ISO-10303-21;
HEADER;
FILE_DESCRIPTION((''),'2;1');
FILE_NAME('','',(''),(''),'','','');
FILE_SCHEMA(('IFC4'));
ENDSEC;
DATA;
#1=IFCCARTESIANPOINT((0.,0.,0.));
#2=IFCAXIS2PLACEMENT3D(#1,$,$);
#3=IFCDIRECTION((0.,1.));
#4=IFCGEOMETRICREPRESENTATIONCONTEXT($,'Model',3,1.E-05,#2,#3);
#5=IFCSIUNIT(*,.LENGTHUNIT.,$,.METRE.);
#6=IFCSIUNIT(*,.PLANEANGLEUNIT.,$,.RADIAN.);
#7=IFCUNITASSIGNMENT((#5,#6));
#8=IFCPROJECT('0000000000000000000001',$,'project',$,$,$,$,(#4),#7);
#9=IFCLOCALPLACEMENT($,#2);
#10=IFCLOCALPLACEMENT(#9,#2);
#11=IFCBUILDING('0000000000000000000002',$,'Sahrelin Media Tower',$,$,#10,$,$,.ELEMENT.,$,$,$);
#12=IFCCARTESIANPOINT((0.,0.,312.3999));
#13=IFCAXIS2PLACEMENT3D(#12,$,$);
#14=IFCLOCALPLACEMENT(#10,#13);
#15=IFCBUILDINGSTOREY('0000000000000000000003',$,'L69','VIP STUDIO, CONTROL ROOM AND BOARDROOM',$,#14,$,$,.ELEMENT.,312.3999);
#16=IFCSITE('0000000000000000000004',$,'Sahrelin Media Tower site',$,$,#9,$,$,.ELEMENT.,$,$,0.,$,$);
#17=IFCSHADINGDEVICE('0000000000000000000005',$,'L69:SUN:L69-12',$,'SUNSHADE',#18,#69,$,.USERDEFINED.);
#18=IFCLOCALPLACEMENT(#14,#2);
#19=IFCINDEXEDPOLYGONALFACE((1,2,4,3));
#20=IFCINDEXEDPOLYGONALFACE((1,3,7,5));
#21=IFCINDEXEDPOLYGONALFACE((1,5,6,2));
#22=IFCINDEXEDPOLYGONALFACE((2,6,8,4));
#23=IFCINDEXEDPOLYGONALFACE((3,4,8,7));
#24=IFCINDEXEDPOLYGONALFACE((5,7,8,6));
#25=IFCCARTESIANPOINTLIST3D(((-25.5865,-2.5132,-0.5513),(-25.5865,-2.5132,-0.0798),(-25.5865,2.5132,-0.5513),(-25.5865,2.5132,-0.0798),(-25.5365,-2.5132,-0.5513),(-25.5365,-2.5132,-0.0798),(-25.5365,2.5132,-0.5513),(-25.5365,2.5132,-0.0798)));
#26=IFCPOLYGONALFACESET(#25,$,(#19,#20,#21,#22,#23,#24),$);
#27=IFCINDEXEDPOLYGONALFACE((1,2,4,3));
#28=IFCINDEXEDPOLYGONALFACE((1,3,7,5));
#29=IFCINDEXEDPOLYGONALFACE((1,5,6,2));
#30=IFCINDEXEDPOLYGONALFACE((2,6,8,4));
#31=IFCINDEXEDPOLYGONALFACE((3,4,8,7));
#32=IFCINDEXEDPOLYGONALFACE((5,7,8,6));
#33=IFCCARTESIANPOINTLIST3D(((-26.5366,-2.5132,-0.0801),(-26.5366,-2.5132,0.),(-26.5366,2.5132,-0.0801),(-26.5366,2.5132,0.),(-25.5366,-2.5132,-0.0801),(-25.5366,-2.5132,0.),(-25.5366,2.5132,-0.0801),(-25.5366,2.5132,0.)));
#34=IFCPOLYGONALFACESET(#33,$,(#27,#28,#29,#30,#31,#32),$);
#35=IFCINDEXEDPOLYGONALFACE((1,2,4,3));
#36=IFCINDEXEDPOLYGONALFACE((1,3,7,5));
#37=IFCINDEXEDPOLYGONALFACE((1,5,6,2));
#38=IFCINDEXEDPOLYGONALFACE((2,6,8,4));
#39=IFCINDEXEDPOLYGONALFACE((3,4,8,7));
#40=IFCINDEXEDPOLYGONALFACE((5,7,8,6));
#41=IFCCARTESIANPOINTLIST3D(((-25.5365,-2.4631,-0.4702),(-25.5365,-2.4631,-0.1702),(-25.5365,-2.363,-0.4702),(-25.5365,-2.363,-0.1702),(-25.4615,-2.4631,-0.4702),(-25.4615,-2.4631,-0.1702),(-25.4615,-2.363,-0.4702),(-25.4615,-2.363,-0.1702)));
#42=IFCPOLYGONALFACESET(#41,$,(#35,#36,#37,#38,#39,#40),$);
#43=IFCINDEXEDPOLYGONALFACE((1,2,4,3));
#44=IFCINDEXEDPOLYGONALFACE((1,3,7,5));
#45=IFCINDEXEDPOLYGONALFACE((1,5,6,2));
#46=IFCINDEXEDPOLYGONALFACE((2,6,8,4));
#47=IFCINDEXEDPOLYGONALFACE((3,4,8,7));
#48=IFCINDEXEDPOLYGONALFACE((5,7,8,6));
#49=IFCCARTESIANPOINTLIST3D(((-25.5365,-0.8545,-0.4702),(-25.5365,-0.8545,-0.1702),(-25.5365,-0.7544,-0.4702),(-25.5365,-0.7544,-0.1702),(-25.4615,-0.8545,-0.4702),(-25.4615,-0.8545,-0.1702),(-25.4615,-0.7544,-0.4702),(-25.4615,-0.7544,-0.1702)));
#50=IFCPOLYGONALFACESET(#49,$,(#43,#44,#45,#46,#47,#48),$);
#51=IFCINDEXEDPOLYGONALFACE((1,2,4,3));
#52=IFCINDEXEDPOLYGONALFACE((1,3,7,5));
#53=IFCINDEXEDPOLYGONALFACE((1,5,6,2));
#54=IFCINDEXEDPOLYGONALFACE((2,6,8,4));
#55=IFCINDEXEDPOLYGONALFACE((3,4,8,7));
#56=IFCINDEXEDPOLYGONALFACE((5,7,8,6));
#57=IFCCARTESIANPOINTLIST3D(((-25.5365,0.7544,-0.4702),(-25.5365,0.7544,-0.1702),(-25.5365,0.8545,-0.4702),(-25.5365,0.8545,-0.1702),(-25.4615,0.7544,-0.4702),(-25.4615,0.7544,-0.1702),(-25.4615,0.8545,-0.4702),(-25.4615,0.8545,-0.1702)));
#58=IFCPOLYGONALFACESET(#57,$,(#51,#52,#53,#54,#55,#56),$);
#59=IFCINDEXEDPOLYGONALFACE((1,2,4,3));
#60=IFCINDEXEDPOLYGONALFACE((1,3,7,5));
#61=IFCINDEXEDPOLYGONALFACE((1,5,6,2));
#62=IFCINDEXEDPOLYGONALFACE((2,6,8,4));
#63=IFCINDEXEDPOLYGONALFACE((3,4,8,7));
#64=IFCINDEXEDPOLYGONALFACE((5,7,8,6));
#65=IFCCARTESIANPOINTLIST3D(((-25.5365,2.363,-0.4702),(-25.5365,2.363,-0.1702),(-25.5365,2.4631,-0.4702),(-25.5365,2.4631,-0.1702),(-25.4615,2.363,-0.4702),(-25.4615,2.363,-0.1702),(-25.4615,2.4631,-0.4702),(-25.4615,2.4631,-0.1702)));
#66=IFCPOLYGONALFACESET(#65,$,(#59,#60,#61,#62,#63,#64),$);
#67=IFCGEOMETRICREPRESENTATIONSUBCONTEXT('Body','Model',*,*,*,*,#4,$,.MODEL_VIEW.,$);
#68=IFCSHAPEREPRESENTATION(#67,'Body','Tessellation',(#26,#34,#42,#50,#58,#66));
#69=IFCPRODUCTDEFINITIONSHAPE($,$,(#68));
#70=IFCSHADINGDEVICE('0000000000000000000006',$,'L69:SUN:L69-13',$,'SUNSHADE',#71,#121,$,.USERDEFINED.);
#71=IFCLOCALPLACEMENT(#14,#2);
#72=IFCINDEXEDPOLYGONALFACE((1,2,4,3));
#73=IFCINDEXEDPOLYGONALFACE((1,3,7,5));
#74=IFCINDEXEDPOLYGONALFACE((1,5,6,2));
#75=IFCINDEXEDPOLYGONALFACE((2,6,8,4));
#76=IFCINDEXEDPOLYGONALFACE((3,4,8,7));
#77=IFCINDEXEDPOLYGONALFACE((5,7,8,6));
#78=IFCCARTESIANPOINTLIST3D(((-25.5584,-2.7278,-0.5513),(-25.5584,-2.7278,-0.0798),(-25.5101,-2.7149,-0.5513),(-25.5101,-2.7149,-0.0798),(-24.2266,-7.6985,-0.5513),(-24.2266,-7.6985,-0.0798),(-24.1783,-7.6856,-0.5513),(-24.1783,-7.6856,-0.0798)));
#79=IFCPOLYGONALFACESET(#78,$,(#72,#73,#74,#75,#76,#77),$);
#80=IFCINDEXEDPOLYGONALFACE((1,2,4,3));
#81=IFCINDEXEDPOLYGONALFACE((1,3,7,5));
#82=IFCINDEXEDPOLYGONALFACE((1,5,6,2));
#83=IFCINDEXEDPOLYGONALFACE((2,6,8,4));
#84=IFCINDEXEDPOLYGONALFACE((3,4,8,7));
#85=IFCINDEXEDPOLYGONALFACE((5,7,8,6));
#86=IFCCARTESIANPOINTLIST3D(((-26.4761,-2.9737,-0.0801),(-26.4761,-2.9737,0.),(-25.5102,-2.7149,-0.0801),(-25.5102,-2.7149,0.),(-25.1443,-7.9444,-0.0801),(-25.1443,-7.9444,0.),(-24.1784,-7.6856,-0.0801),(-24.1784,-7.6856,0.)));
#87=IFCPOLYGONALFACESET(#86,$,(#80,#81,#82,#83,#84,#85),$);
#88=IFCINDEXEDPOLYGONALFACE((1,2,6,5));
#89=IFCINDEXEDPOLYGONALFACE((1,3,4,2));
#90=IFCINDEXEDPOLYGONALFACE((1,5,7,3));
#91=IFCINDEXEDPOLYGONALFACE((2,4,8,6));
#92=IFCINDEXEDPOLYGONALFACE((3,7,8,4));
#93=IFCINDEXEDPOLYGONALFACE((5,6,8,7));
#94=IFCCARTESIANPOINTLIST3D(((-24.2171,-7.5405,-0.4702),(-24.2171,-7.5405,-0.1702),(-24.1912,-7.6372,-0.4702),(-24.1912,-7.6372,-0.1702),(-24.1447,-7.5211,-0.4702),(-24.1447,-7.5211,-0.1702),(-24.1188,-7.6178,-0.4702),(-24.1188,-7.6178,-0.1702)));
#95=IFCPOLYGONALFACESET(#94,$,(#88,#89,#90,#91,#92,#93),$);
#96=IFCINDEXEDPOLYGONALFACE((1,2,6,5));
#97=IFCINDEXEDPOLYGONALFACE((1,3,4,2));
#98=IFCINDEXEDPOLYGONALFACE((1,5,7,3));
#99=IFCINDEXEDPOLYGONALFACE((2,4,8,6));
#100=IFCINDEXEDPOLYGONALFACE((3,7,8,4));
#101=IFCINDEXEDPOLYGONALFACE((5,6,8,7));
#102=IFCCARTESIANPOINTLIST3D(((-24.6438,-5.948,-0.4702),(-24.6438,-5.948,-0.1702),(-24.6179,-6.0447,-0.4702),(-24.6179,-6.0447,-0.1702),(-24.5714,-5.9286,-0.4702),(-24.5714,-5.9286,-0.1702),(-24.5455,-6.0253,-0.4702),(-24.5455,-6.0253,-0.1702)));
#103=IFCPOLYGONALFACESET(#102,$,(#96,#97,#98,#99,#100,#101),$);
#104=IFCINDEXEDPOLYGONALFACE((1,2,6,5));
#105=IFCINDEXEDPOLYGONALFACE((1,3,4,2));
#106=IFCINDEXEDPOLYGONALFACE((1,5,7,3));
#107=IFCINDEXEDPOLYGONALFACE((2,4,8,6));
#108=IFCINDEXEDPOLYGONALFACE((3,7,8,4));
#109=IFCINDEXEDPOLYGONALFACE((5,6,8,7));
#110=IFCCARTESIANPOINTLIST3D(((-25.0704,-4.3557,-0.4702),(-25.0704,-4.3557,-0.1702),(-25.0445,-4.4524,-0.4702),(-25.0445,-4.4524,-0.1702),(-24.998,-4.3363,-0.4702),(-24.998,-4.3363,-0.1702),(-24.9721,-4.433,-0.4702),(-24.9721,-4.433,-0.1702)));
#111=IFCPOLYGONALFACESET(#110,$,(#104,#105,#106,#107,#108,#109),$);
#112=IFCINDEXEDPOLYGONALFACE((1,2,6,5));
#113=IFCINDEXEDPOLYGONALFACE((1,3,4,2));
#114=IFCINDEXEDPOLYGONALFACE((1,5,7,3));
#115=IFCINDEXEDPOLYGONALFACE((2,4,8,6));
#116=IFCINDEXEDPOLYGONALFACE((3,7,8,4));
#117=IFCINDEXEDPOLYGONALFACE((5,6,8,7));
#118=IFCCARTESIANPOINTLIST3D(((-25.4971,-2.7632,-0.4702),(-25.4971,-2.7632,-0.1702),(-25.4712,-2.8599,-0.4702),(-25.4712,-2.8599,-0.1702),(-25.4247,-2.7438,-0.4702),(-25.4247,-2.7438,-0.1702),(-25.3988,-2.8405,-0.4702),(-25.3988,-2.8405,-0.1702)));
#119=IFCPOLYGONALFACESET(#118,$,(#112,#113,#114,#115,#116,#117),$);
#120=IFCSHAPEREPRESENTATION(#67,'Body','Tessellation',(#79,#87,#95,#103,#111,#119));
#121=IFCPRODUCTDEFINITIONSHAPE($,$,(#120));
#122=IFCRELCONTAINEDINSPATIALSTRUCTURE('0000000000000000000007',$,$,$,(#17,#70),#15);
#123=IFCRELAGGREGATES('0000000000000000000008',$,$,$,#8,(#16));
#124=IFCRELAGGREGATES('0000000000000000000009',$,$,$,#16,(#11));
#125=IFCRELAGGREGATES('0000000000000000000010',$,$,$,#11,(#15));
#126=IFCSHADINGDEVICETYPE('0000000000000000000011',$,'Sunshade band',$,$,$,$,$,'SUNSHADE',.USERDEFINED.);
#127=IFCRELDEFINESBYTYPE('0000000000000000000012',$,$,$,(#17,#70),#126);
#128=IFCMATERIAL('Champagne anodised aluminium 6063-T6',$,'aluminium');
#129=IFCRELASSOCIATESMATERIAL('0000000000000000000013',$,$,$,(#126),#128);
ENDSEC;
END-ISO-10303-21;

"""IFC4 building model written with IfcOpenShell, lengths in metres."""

from ifc_helpers import new_model, si_unit, direction, frame, origin, origin_2d, place, context, subcontext, project, spatial, rectangle, extrude, material, type_object, element, save


model = new_model("IFC4")

# Units and contexts
model_context = context("Model", 3, precision=1e-05, world=origin(), true_north=direction((0.0, 1.0)))
body_context = subcontext(model_context, "Body", "Model", "MODEL_VIEW")
ifc_project = project(units=[si_unit("LENGTHUNIT", "METRE"), si_unit("PLANEANGLEUNIT", "RADIAN")], contexts=[model_context])

# Site, building, storey
site_placement = place(None, origin())
site = spatial("IfcSite", under=ifc_project, at=site_placement, Name="Sahrelin Media Tower site", CompositionType="ELEMENT", RefElevation=0.0)
building_placement = place(site_placement, origin())
building = spatial("IfcBuilding", under=site, at=building_placement, Name="Sahrelin Media Tower", CompositionType="ELEMENT")
storey_placement = place(building_placement, frame((0.0, 0.0, 312.3999)))
storey = spatial("IfcBuildingStorey", under=building, at=storey_placement, Name="L69", Description="VIP STUDIO, CONTROL ROOM AND BOARDROOM", CompositionType="ELEMENT", Elevation=312.3999)

# Shared definitions
ifc_material_1 = material(Name="Champagne anodised aluminium 6063-T6", Category="aluminium")

# Shading devices
placement_1 = place(storey_placement, frame((-25.5166, 0.0, 0.0), z_axis=(0.0, 0.0, 1.0), x_axis=(0.0, 1.0, 0.0)))
placement_2 = place(storey_placement, frame((-24.825, -5.1951, 0.0), z_axis=(0.0, 0.0, 1.0), x_axis=(-0.258808, 0.965929, 0.0)))
shading_device_type_1 = type_object("IfcShadingDeviceType", Name="Sunshade band", ElementType="SUNSHADE", PredefinedType="USERDEFINED", material=ifc_material_1)
element("IfcShadingDevice", 1, at=placement_1, inside=storey, type_object=shading_device_type_1, Name="L69:SUN:L69-12", ObjectType="SUNSHADE", PredefinedType="USERDEFINED", context=body_context, shape_type="SweptSolid", body=[
    extrude(rectangle(XDim=5.0264, YDim=0.05, at=origin_2d()), frame((0.0, 0.0449, -0.5513)), (0.0, 0.0, 1.0), 0.4714),
    extrude(rectangle(XDim=5.0264, YDim=1.0, at=origin_2d()), frame((0.0, 0.52, -0.0801)), (0.0, 0.0, 1.0), 0.0801),
    extrude(rectangle(XDim=0.1001, YDim=0.075, at=origin_2d()), frame((-2.4131, -0.0176, -0.4702)), (0.0, 0.0, 1.0), 0.3),
    extrude(rectangle(XDim=0.1001, YDim=0.075, at=origin_2d()), frame((-0.8044, -0.0176, -0.4702)), (0.0, 0.0, 1.0), 0.3),
    extrude(rectangle(XDim=0.1001, YDim=0.075, at=origin_2d()), frame((0.8044, -0.0176, -0.4702)), (0.0, 0.0, 1.0), 0.3),
    extrude(rectangle(XDim=0.1001, YDim=0.075, at=origin_2d()), frame((2.4131, -0.0176, -0.4702)), (0.0, 0.0, 1.0), 0.3),
])
element("IfcShadingDevice", 2, at=placement_2, inside=storey, type_object=shading_device_type_1, Name="L69:SUN:L69-13", ObjectType="SUNSHADE", PredefinedType="USERDEFINED", context=body_context, shape_type="SweptSolid", body=[
    extrude(rectangle(XDim=5.146, YDim=0.05, at=origin_2d()), frame((0.0, 0.0449, -0.5513)), (0.0, 0.0, 1.0), 0.4714),
    extrude(rectangle(XDim=5.146, YDim=1.0, at=origin_2d()), frame((0.0, 0.52, -0.0801)), (0.0, 0.0, 1.0), 0.0801),
    extrude(rectangle(XDim=0.1001, YDim=0.075, at=origin_2d()), frame((-2.4729, -0.0176, -0.4702)), (0.0, 0.0, 1.0), 0.3),
    extrude(rectangle(XDim=0.1001, YDim=0.075, at=origin_2d()), frame((-0.8242, -0.0176, -0.4702)), (0.0, 0.0, 1.0), 0.3),
    extrude(rectangle(XDim=0.1001, YDim=0.075, at=origin_2d()), frame((0.8242, -0.0176, -0.4702)), (0.0, 0.0, 1.0), 0.3),
    extrude(rectangle(XDim=0.1001, YDim=0.075, at=origin_2d()), frame((2.4729, -0.0176, -0.4702)), (0.0, 0.0, 1.0), 0.3),
])

save(model, "model.ifc")
